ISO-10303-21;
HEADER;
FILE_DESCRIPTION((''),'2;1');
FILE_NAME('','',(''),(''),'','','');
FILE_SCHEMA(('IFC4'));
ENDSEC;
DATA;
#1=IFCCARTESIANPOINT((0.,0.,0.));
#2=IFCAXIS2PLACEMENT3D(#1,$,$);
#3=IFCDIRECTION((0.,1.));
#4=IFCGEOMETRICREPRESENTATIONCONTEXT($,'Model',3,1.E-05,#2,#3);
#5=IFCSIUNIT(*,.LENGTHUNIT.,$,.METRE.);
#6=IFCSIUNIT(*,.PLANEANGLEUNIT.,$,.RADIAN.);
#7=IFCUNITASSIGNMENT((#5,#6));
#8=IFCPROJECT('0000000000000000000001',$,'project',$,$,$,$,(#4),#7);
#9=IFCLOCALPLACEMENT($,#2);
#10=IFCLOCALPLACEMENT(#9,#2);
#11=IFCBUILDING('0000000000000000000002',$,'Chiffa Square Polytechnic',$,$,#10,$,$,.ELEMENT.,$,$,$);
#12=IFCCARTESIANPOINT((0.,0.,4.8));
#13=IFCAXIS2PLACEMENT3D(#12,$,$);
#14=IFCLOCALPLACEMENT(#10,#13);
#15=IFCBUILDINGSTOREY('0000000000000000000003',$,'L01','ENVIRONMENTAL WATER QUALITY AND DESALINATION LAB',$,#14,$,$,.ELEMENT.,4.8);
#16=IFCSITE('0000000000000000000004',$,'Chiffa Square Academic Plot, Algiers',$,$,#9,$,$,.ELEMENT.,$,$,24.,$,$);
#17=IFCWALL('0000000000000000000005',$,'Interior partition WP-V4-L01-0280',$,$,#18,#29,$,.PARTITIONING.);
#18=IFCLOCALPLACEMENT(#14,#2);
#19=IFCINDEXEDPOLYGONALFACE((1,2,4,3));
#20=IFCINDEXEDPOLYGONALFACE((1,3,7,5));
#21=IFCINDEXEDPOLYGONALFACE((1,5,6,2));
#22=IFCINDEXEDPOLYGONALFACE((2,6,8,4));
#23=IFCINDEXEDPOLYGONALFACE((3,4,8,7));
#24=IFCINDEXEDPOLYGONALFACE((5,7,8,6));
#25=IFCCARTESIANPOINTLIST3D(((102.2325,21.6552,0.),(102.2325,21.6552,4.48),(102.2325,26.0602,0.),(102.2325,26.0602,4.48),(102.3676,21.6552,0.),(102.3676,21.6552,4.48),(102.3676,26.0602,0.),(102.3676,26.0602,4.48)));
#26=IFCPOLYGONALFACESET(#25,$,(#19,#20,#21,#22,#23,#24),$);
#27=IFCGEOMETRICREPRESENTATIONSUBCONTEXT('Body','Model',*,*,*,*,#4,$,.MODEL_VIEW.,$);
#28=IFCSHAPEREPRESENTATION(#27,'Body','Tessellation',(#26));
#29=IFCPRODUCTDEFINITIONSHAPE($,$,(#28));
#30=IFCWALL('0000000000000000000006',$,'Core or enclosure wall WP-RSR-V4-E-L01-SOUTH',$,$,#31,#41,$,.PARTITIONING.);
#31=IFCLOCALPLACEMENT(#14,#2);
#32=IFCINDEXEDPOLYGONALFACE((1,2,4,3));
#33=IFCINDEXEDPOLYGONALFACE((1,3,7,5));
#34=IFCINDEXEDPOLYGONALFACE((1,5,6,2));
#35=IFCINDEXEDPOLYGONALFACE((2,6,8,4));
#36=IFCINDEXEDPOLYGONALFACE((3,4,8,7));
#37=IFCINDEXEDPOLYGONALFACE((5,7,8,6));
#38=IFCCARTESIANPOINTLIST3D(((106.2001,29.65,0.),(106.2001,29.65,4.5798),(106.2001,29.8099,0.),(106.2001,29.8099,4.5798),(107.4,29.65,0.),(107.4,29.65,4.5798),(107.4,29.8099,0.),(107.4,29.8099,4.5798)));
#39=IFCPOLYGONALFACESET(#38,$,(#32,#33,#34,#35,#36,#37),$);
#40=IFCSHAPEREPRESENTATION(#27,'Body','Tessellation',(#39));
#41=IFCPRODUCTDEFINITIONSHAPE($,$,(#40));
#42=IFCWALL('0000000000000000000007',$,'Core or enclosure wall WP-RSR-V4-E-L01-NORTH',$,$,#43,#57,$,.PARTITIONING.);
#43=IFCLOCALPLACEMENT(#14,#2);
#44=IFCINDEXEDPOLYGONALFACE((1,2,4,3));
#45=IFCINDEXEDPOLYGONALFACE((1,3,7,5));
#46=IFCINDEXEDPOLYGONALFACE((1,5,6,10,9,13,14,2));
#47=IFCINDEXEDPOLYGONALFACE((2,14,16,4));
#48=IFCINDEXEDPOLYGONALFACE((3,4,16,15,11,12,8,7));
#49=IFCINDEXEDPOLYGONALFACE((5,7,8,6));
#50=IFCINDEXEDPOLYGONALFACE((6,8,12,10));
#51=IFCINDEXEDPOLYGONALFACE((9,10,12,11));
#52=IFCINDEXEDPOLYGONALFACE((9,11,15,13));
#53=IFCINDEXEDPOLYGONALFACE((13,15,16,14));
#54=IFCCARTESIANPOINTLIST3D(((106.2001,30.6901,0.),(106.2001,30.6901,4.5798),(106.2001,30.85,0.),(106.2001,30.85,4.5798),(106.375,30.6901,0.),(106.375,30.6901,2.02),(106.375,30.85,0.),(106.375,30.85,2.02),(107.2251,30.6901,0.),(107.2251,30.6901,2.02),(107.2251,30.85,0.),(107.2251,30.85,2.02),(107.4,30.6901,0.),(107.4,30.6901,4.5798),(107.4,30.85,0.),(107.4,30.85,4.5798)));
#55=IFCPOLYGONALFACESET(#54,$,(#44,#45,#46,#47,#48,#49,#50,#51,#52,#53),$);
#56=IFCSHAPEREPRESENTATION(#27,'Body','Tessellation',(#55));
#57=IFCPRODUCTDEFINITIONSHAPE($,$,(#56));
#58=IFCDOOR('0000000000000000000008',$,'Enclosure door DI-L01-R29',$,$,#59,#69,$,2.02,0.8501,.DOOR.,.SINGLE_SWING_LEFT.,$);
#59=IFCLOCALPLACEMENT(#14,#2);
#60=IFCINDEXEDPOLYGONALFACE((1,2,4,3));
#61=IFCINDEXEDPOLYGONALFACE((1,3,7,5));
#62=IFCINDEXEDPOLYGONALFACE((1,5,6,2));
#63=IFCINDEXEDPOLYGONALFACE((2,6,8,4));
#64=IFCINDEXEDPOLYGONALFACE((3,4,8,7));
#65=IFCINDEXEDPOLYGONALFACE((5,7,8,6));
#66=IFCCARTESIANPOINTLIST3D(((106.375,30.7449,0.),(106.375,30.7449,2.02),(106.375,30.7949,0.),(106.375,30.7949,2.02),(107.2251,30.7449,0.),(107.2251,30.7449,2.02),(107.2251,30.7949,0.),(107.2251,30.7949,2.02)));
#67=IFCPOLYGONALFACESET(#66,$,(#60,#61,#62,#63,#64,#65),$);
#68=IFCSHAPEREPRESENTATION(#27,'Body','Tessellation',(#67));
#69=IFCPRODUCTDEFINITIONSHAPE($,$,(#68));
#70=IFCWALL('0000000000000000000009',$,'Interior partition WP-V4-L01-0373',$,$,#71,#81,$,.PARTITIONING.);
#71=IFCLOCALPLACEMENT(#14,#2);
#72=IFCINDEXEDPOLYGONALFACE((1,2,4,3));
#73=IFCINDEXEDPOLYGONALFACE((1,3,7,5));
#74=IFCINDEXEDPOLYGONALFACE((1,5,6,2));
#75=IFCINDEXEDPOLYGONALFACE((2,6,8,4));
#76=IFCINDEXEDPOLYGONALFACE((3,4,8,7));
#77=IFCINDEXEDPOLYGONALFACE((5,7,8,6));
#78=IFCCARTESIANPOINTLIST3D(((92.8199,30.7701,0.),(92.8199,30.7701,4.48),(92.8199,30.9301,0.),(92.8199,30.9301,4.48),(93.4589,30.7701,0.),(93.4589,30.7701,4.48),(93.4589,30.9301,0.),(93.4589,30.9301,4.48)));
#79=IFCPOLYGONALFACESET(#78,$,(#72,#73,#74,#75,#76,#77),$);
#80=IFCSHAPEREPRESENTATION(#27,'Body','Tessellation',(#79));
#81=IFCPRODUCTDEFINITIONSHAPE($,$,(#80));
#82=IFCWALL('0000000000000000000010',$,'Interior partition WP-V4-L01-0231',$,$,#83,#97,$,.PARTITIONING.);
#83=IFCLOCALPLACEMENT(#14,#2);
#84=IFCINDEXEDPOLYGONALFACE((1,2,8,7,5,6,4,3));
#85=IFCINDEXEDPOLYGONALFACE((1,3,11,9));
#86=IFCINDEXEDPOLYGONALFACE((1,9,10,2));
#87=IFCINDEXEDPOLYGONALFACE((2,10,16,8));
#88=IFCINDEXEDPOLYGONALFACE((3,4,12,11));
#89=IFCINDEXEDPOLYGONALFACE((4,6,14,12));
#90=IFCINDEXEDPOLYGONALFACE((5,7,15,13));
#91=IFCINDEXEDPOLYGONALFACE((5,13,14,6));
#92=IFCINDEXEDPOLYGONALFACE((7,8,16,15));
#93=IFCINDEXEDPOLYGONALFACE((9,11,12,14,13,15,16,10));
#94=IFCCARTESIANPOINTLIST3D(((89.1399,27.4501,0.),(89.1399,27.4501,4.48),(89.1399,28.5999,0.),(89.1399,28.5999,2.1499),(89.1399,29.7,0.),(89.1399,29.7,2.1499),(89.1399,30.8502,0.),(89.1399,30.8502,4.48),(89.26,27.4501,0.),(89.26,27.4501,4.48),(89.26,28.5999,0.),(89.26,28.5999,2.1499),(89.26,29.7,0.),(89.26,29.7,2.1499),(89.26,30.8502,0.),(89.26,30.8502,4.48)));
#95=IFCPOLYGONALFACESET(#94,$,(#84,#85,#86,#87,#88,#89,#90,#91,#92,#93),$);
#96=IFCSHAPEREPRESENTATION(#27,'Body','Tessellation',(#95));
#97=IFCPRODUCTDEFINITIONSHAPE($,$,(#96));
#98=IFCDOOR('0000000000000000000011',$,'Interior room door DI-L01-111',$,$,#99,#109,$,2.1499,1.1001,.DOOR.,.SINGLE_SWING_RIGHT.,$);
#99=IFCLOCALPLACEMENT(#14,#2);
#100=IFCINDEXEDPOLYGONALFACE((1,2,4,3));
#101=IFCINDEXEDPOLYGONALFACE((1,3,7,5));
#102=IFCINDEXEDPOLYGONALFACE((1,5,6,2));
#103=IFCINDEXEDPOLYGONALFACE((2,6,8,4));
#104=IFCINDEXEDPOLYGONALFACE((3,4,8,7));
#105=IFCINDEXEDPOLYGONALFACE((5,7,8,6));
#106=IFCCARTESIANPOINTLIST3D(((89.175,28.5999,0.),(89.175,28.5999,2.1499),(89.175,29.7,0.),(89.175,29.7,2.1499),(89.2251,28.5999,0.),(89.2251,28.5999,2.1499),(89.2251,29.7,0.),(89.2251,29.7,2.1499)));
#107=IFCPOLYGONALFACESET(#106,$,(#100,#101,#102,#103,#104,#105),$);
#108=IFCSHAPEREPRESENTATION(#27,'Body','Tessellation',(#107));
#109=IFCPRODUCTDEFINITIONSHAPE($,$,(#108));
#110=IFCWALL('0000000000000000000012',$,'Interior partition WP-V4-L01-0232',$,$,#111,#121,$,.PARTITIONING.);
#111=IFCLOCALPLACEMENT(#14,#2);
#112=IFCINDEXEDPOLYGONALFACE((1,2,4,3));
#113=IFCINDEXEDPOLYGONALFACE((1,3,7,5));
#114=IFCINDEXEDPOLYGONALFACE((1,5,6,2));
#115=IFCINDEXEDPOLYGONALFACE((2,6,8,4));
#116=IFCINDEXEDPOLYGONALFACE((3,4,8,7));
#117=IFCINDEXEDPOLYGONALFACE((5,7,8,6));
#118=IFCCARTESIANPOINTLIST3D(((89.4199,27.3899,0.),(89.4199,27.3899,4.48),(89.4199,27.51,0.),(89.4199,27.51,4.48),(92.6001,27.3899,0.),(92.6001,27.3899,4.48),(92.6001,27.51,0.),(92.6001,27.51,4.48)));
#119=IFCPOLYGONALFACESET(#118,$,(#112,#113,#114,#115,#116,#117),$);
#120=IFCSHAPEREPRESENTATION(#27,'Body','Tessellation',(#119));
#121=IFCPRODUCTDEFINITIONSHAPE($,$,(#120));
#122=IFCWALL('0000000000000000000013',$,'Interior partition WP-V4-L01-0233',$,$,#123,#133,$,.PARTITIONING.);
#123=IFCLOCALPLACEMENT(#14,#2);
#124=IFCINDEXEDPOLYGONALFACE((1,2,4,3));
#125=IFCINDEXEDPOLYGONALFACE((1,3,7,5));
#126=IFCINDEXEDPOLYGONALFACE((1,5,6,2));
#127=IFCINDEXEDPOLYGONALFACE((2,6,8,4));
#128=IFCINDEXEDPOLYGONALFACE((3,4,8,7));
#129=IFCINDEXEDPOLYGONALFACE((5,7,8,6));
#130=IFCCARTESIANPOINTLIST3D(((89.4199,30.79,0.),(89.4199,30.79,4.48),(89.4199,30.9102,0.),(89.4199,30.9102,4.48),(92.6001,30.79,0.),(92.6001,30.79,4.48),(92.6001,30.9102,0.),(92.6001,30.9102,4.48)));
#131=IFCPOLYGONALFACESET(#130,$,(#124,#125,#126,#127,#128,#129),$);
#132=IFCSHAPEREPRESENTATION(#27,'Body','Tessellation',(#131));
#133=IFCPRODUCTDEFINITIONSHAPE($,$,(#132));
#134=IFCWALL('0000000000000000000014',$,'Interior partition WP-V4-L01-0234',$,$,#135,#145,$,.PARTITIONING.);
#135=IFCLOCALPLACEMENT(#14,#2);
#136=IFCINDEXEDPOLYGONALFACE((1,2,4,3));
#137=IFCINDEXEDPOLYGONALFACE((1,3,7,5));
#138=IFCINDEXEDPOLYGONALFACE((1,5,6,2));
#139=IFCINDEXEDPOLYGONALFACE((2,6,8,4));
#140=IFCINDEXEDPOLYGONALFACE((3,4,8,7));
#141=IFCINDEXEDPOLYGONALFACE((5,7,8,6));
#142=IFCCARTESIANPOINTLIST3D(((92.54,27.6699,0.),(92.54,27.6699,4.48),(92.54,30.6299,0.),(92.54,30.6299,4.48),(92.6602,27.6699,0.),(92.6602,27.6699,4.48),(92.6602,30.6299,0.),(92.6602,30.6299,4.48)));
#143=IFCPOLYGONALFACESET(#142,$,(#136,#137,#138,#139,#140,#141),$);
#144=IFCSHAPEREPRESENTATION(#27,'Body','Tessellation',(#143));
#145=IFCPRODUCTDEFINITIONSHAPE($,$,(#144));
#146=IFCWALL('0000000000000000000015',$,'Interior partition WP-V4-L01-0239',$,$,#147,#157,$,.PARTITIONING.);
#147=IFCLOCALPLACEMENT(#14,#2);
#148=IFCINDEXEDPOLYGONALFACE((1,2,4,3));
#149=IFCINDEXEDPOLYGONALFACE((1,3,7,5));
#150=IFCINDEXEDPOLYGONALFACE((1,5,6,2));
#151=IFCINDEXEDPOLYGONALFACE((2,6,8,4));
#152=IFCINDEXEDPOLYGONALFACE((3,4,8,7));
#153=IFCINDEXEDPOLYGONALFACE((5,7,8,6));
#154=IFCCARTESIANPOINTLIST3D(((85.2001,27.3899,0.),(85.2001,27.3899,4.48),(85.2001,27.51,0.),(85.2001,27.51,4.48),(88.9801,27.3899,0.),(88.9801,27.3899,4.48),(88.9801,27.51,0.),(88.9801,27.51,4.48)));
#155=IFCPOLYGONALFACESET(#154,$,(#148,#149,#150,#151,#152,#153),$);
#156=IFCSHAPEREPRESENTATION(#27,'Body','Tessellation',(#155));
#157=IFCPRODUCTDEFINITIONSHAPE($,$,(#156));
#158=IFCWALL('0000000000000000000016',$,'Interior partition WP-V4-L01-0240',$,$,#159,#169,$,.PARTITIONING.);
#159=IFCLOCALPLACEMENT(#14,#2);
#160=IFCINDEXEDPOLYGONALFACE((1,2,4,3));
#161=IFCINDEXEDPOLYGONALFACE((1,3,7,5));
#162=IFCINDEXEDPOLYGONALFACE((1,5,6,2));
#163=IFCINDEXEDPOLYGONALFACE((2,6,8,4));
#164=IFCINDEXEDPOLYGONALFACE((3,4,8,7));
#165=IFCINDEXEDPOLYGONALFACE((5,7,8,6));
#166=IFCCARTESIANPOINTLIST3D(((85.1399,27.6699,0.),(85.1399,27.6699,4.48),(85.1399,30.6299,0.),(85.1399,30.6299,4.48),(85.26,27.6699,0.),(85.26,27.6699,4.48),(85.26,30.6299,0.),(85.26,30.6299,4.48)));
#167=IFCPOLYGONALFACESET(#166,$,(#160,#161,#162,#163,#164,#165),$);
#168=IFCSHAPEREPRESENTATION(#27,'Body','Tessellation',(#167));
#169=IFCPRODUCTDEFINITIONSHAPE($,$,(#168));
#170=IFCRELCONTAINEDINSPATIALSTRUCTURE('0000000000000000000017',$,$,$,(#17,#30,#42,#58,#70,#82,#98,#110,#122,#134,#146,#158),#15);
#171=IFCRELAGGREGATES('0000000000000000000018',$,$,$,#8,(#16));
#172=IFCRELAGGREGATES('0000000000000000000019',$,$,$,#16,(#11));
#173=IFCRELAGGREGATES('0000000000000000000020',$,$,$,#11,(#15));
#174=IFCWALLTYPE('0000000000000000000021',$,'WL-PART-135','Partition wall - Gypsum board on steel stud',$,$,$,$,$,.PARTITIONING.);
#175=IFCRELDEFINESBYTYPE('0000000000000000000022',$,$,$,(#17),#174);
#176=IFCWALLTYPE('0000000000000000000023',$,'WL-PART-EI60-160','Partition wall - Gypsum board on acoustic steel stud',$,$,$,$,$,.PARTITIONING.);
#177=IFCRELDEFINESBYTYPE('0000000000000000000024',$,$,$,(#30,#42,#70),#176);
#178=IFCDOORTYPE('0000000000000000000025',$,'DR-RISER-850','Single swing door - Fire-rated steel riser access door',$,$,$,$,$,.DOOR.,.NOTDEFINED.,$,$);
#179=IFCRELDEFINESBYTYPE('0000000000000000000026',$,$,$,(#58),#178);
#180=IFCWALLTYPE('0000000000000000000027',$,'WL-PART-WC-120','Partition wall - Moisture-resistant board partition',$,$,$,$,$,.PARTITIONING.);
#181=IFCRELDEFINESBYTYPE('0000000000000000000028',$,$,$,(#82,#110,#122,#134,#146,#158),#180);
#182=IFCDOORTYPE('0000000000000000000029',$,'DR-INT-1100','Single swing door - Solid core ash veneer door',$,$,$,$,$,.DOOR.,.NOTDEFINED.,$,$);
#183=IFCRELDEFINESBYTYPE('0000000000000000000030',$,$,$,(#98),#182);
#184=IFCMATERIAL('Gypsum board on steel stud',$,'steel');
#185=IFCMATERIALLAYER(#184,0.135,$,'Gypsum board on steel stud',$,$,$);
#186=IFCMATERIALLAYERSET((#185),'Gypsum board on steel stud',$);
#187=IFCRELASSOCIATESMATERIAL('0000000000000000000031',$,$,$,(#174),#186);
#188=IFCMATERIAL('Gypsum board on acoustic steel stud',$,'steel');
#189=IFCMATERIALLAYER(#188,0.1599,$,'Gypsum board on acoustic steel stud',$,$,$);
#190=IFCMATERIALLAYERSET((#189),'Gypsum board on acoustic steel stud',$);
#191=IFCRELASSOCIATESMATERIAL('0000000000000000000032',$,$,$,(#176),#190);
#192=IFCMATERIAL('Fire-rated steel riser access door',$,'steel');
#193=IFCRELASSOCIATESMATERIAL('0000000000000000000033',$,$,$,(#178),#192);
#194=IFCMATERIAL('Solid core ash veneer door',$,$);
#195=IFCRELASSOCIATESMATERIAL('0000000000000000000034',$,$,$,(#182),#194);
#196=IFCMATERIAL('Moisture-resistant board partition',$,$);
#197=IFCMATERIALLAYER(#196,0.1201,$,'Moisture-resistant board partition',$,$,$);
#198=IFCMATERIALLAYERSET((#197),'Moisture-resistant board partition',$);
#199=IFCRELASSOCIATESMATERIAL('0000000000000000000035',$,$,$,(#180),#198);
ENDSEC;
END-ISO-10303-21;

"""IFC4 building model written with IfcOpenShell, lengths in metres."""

from ifc_helpers import new_model, si_unit, direction, frame, frame_2d, origin, place, context, subcontext, project, spatial, rectangle, extrude, material, layer, layer_set, type_object, element, fill, save


model = new_model("IFC4")

# Units and contexts
model_context = context("Model", 3, precision=1e-05, world=origin(), true_north=direction((0.0, 1.0)))
body_context = subcontext(model_context, "Body", "Model", "MODEL_VIEW")
ifc_project = project(units=[si_unit("LENGTHUNIT", "METRE"), si_unit("PLANEANGLEUNIT", "RADIAN")], contexts=[model_context])

# Site, building, storey
site_placement = place(None, origin())
site = spatial("IfcSite", under=ifc_project, at=site_placement, Name="Chiffa Square Academic Plot, Algiers", CompositionType="ELEMENT", RefElevation=24.0)
building_placement = place(site_placement, origin())
building = spatial("IfcBuilding", under=site, at=building_placement, Name="Chiffa Square Polytechnic", CompositionType="ELEMENT")
storey_placement = place(building_placement, frame((0.0, 0.0, 4.8)))
storey = spatial("IfcBuildingStorey", under=building, at=storey_placement, Name="L01", Description="ENVIRONMENTAL WATER QUALITY AND DESALINATION LAB", CompositionType="ELEMENT", Elevation=4.8)

# Walls
ifc_material_1 = material(Name="Gypsum board on steel stud", Category="steel")
ifc_layer_1 = layer(ifc_material_1, 0.135, Name="Gypsum board on steel stud")
ifc_layer_set_1 = layer_set([ifc_layer_1], Name="Gypsum board on steel stud")
wall_type_1 = type_object("IfcWallType", Name="WL-PART-135", Description="Partition wall - Gypsum board on steel stud", PredefinedType="PARTITIONING", material=ifc_layer_set_1)
wall_1_placement = place(storey_placement, frame((102.3, 21.655, 0.0), z_axis=(0.0, 0.0, 1.0), x_axis=(0.0, 1.0, 0.0)))
element("IfcWall", 1, at=wall_1_placement, inside=storey, type_object=wall_type_1, Name="Interior partition WP-V4-L01-0280", PredefinedType="PARTITIONING", context=body_context, shape_type="SweptSolid", body=[
    extrude(rectangle(XDim=4.405, YDim=0.135, at=frame_2d((2.2026, 0.0))), origin(), (0.0, 0.0, 1.0), 4.48),
])
ifc_material_2 = material(Name="Gypsum board on acoustic steel stud", Category="steel")
ifc_layer_2 = layer(ifc_material_2, 0.1599, Name="Gypsum board on acoustic steel stud")
ifc_layer_set_2 = layer_set([ifc_layer_2], Name="Gypsum board on acoustic steel stud")
wall_type_2 = type_object("IfcWallType", Name="WL-PART-EI60-160", Description="Partition wall - Gypsum board on acoustic steel stud", PredefinedType="PARTITIONING", material=ifc_layer_set_2)
wall_2_placement = place(storey_placement, frame((106.2, 29.73, 0.0), z_axis=(0.0, 0.0, 1.0), x_axis=(1.0, 0.0, 0.0)))
element("IfcWall", 2, at=wall_2_placement, inside=storey, type_object=wall_type_2, Name="Core or enclosure wall WP-RSR-V4-E-L01-SOUTH", PredefinedType="PARTITIONING", context=body_context, shape_type="SweptSolid", body=[
    extrude(rectangle(XDim=1.2, YDim=0.1599, at=frame_2d((0.6001, 0.0))), origin(), (0.0, 0.0, 1.0), 4.5798),
])

# Wall, opening, door
wall_3_placement = place(storey_placement, frame((106.2, 30.77, 0.0), z_axis=(0.0, 0.0, 1.0), x_axis=(1.0, 0.0, 0.0)))
wall_3 = element("IfcWall", 3, at=wall_3_placement, inside=storey, type_object=wall_type_2, Name="Core or enclosure wall WP-RSR-V4-E-L01-NORTH", PredefinedType="PARTITIONING", context=body_context, shape_type="SweptSolid", body=[
    extrude(rectangle(XDim=1.2, YDim=0.1599, at=frame_2d((0.6001, 0.0))), origin(), (0.0, 0.0, 1.0), 4.5798),
])
opening_1_placement = place(wall_3_placement, frame((0.175, 0.0, 0.0)))
opening_1 = element("IfcOpeningElement", 4, at=opening_1_placement, cuts=wall_3, PredefinedType="OPENING", context=body_context, shape_type="SweptSolid", body=[
    extrude(rectangle(XDim=0.8501, YDim=2.02, at=frame_2d((0.425, 1.01))), frame((0.0, 0.0898, 0.0), z_axis=(0.0, -1.0, 0.0), x_axis=(1.0, 0.0, 0.0)), (0.0, 0.0, 1.0), 0.1799),
])
ifc_material_3 = material(Name="Fire-rated steel riser access door", Category="steel")
door_type_1 = type_object("IfcDoorType", Name="DR-RISER-850", Description="Single swing door - Fire-rated steel riser access door", OperationType="NOTDEFINED", PredefinedType="DOOR", material=ifc_material_3)
door_1_placement = place(opening_1_placement, origin())
door_1 = element("IfcDoor", 5, at=door_1_placement, inside=storey, type_object=door_type_1, Name="Enclosure door DI-L01-R29", OperationType="SINGLE_SWING_LEFT", OverallHeight=2.02, OverallWidth=0.8501, PredefinedType="DOOR", context=body_context, shape_type="SweptSolid", body=[
    extrude(rectangle(XDim=0.8501, YDim=2.02, at=frame_2d((0.425, 1.01))), frame((0.0, 0.0249, 0.0), z_axis=(0.0, -1.0, 0.0), x_axis=(1.0, 0.0, 0.0)), (0.0, 0.0, 1.0), 0.05),
])
fill(opening_1, door_1)
ifc_material_4 = material(Name="Solid core ash veneer door")
door_type_2 = type_object("IfcDoorType", Name="DR-INT-1100", Description="Single swing door - Solid core ash veneer door", OperationType="NOTDEFINED", PredefinedType="DOOR", material=ifc_material_4)

# Wall
wall_4_placement = place(storey_placement, frame((92.8201, 30.8501, 0.0), z_axis=(0.0, 0.0, 1.0), x_axis=(1.0, 0.0, 0.0)))
element("IfcWall", 6, at=wall_4_placement, inside=storey, type_object=wall_type_2, Name="Interior partition WP-V4-L01-0373", PredefinedType="PARTITIONING", context=body_context, shape_type="SweptSolid", body=[
    extrude(rectangle(XDim=0.6389, YDim=0.1599, at=frame_2d((0.3193, 0.0))), origin(), (0.0, 0.0, 1.0), 4.48),
])

# Wall, opening, door
ifc_material_5 = material(Name="Moisture-resistant board partition")
ifc_layer_3 = layer(ifc_material_5, 0.1201, Name="Moisture-resistant board partition")
ifc_layer_set_3 = layer_set([ifc_layer_3], Name="Moisture-resistant board partition")
wall_type_3 = type_object("IfcWallType", Name="WL-PART-WC-120", Description="Partition wall - Moisture-resistant board partition", PredefinedType="PARTITIONING", material=ifc_layer_set_3)
wall_5_placement = place(storey_placement, frame((89.2, 27.45, 0.0), z_axis=(0.0, 0.0, 1.0), x_axis=(0.0, 1.0, 0.0)))
wall_5 = element("IfcWall", 7, at=wall_5_placement, inside=storey, type_object=wall_type_3, Name="Interior partition WP-V4-L01-0231", PredefinedType="PARTITIONING", context=body_context, shape_type="SweptSolid", body=[
    extrude(rectangle(XDim=3.4001, YDim=0.1201, at=frame_2d((1.7002, 0.0))), origin(), (0.0, 0.0, 1.0), 4.48),
])
opening_2_placement = place(wall_5_placement, frame((1.1499, 0.0, 0.0)))
opening_2 = element("IfcOpeningElement", 8, at=opening_2_placement, cuts=wall_5, PredefinedType="OPENING", context=body_context, shape_type="SweptSolid", body=[
    extrude(rectangle(XDim=1.1001, YDim=2.1499, at=frame_2d((0.55, 1.075))), frame((0.0, 0.0701, 0.0), z_axis=(0.0, -1.0, 0.0), x_axis=(1.0, 0.0, 0.0)), (0.0, 0.0, 1.0), 0.1401),
])
door_2_placement = place(opening_2_placement, origin())
door_2 = element("IfcDoor", 9, at=door_2_placement, inside=storey, type_object=door_type_2, Name="Interior room door DI-L01-111", OperationType="SINGLE_SWING_RIGHT", OverallHeight=2.1499, OverallWidth=1.1001, PredefinedType="DOOR", context=body_context, shape_type="SweptSolid", body=[
    extrude(rectangle(XDim=1.1001, YDim=2.1499, at=frame_2d((0.55, 1.075))), frame((0.0, 0.0249, 0.0), z_axis=(0.0, -1.0, 0.0), x_axis=(1.0, 0.0, 0.0)), (0.0, 0.0, 1.0), 0.05),
])
fill(opening_2, door_2)

# Walls
for number, where, z_axis, x_axis, name in (
    (10, (89.4199, 27.45, 0.0), (0.0, 0.0, 1.0), (1.0, 0.0, 0.0), "Interior partition WP-V4-L01-0232"),
    (11, (89.4199, 30.8501, 0.0), (0.0, 0.0, 1.0), (1.0, 0.0, 0.0), "Interior partition WP-V4-L01-0233"),
):
    element("IfcWall", number, at=place(storey_placement, frame(where, z_axis=z_axis, x_axis=x_axis)), inside=storey, type_object=wall_type_3, Name=name, PredefinedType="PARTITIONING", context=body_context, shape_type="SweptSolid", body=[
        extrude(rectangle(XDim=3.1802, YDim=0.1201, at=frame_2d((1.5901, 0.0))), origin(), (0.0, 0.0, 1.0), 4.48),
    ])
wall_6_placement = place(storey_placement, frame((92.6001, 27.6699, 0.0), z_axis=(0.0, 0.0, 1.0), x_axis=(0.0, 1.0, 0.0)))
element("IfcWall", 12, at=wall_6_placement, inside=storey, type_object=wall_type_3, Name="Interior partition WP-V4-L01-0234", PredefinedType="PARTITIONING", context=body_context, shape_type="SweptSolid", body=[
    extrude(rectangle(XDim=2.96, YDim=0.1201, at=frame_2d((1.48, 0.0))), origin(), (0.0, 0.0, 1.0), 4.48),
])
wall_7_placement = place(storey_placement, frame((85.2, 27.45, 0.0), z_axis=(0.0, 0.0, 1.0), x_axis=(1.0, 0.0, 0.0)))
element("IfcWall", 13, at=wall_7_placement, inside=storey, type_object=wall_type_3, Name="Interior partition WP-V4-L01-0239", PredefinedType="PARTITIONING", context=body_context, shape_type="SweptSolid", body=[
    extrude(rectangle(XDim=3.78, YDim=0.1201, at=frame_2d((1.8901, 0.0))), origin(), (0.0, 0.0, 1.0), 4.48),
])
wall_8_placement = place(storey_placement, frame((85.2, 27.6699, 0.0), z_axis=(0.0, 0.0, 1.0), x_axis=(0.0, 1.0, 0.0)))
element("IfcWall", 14, at=wall_8_placement, inside=storey, type_object=wall_type_3, Name="Interior partition WP-V4-L01-0240", PredefinedType="PARTITIONING", context=body_context, shape_type="SweptSolid", body=[
    extrude(rectangle(XDim=2.96, YDim=0.1201, at=frame_2d((1.48, 0.0))), origin(), (0.0, 0.0, 1.0), 4.48),
])

save(model, "model.ifc")
